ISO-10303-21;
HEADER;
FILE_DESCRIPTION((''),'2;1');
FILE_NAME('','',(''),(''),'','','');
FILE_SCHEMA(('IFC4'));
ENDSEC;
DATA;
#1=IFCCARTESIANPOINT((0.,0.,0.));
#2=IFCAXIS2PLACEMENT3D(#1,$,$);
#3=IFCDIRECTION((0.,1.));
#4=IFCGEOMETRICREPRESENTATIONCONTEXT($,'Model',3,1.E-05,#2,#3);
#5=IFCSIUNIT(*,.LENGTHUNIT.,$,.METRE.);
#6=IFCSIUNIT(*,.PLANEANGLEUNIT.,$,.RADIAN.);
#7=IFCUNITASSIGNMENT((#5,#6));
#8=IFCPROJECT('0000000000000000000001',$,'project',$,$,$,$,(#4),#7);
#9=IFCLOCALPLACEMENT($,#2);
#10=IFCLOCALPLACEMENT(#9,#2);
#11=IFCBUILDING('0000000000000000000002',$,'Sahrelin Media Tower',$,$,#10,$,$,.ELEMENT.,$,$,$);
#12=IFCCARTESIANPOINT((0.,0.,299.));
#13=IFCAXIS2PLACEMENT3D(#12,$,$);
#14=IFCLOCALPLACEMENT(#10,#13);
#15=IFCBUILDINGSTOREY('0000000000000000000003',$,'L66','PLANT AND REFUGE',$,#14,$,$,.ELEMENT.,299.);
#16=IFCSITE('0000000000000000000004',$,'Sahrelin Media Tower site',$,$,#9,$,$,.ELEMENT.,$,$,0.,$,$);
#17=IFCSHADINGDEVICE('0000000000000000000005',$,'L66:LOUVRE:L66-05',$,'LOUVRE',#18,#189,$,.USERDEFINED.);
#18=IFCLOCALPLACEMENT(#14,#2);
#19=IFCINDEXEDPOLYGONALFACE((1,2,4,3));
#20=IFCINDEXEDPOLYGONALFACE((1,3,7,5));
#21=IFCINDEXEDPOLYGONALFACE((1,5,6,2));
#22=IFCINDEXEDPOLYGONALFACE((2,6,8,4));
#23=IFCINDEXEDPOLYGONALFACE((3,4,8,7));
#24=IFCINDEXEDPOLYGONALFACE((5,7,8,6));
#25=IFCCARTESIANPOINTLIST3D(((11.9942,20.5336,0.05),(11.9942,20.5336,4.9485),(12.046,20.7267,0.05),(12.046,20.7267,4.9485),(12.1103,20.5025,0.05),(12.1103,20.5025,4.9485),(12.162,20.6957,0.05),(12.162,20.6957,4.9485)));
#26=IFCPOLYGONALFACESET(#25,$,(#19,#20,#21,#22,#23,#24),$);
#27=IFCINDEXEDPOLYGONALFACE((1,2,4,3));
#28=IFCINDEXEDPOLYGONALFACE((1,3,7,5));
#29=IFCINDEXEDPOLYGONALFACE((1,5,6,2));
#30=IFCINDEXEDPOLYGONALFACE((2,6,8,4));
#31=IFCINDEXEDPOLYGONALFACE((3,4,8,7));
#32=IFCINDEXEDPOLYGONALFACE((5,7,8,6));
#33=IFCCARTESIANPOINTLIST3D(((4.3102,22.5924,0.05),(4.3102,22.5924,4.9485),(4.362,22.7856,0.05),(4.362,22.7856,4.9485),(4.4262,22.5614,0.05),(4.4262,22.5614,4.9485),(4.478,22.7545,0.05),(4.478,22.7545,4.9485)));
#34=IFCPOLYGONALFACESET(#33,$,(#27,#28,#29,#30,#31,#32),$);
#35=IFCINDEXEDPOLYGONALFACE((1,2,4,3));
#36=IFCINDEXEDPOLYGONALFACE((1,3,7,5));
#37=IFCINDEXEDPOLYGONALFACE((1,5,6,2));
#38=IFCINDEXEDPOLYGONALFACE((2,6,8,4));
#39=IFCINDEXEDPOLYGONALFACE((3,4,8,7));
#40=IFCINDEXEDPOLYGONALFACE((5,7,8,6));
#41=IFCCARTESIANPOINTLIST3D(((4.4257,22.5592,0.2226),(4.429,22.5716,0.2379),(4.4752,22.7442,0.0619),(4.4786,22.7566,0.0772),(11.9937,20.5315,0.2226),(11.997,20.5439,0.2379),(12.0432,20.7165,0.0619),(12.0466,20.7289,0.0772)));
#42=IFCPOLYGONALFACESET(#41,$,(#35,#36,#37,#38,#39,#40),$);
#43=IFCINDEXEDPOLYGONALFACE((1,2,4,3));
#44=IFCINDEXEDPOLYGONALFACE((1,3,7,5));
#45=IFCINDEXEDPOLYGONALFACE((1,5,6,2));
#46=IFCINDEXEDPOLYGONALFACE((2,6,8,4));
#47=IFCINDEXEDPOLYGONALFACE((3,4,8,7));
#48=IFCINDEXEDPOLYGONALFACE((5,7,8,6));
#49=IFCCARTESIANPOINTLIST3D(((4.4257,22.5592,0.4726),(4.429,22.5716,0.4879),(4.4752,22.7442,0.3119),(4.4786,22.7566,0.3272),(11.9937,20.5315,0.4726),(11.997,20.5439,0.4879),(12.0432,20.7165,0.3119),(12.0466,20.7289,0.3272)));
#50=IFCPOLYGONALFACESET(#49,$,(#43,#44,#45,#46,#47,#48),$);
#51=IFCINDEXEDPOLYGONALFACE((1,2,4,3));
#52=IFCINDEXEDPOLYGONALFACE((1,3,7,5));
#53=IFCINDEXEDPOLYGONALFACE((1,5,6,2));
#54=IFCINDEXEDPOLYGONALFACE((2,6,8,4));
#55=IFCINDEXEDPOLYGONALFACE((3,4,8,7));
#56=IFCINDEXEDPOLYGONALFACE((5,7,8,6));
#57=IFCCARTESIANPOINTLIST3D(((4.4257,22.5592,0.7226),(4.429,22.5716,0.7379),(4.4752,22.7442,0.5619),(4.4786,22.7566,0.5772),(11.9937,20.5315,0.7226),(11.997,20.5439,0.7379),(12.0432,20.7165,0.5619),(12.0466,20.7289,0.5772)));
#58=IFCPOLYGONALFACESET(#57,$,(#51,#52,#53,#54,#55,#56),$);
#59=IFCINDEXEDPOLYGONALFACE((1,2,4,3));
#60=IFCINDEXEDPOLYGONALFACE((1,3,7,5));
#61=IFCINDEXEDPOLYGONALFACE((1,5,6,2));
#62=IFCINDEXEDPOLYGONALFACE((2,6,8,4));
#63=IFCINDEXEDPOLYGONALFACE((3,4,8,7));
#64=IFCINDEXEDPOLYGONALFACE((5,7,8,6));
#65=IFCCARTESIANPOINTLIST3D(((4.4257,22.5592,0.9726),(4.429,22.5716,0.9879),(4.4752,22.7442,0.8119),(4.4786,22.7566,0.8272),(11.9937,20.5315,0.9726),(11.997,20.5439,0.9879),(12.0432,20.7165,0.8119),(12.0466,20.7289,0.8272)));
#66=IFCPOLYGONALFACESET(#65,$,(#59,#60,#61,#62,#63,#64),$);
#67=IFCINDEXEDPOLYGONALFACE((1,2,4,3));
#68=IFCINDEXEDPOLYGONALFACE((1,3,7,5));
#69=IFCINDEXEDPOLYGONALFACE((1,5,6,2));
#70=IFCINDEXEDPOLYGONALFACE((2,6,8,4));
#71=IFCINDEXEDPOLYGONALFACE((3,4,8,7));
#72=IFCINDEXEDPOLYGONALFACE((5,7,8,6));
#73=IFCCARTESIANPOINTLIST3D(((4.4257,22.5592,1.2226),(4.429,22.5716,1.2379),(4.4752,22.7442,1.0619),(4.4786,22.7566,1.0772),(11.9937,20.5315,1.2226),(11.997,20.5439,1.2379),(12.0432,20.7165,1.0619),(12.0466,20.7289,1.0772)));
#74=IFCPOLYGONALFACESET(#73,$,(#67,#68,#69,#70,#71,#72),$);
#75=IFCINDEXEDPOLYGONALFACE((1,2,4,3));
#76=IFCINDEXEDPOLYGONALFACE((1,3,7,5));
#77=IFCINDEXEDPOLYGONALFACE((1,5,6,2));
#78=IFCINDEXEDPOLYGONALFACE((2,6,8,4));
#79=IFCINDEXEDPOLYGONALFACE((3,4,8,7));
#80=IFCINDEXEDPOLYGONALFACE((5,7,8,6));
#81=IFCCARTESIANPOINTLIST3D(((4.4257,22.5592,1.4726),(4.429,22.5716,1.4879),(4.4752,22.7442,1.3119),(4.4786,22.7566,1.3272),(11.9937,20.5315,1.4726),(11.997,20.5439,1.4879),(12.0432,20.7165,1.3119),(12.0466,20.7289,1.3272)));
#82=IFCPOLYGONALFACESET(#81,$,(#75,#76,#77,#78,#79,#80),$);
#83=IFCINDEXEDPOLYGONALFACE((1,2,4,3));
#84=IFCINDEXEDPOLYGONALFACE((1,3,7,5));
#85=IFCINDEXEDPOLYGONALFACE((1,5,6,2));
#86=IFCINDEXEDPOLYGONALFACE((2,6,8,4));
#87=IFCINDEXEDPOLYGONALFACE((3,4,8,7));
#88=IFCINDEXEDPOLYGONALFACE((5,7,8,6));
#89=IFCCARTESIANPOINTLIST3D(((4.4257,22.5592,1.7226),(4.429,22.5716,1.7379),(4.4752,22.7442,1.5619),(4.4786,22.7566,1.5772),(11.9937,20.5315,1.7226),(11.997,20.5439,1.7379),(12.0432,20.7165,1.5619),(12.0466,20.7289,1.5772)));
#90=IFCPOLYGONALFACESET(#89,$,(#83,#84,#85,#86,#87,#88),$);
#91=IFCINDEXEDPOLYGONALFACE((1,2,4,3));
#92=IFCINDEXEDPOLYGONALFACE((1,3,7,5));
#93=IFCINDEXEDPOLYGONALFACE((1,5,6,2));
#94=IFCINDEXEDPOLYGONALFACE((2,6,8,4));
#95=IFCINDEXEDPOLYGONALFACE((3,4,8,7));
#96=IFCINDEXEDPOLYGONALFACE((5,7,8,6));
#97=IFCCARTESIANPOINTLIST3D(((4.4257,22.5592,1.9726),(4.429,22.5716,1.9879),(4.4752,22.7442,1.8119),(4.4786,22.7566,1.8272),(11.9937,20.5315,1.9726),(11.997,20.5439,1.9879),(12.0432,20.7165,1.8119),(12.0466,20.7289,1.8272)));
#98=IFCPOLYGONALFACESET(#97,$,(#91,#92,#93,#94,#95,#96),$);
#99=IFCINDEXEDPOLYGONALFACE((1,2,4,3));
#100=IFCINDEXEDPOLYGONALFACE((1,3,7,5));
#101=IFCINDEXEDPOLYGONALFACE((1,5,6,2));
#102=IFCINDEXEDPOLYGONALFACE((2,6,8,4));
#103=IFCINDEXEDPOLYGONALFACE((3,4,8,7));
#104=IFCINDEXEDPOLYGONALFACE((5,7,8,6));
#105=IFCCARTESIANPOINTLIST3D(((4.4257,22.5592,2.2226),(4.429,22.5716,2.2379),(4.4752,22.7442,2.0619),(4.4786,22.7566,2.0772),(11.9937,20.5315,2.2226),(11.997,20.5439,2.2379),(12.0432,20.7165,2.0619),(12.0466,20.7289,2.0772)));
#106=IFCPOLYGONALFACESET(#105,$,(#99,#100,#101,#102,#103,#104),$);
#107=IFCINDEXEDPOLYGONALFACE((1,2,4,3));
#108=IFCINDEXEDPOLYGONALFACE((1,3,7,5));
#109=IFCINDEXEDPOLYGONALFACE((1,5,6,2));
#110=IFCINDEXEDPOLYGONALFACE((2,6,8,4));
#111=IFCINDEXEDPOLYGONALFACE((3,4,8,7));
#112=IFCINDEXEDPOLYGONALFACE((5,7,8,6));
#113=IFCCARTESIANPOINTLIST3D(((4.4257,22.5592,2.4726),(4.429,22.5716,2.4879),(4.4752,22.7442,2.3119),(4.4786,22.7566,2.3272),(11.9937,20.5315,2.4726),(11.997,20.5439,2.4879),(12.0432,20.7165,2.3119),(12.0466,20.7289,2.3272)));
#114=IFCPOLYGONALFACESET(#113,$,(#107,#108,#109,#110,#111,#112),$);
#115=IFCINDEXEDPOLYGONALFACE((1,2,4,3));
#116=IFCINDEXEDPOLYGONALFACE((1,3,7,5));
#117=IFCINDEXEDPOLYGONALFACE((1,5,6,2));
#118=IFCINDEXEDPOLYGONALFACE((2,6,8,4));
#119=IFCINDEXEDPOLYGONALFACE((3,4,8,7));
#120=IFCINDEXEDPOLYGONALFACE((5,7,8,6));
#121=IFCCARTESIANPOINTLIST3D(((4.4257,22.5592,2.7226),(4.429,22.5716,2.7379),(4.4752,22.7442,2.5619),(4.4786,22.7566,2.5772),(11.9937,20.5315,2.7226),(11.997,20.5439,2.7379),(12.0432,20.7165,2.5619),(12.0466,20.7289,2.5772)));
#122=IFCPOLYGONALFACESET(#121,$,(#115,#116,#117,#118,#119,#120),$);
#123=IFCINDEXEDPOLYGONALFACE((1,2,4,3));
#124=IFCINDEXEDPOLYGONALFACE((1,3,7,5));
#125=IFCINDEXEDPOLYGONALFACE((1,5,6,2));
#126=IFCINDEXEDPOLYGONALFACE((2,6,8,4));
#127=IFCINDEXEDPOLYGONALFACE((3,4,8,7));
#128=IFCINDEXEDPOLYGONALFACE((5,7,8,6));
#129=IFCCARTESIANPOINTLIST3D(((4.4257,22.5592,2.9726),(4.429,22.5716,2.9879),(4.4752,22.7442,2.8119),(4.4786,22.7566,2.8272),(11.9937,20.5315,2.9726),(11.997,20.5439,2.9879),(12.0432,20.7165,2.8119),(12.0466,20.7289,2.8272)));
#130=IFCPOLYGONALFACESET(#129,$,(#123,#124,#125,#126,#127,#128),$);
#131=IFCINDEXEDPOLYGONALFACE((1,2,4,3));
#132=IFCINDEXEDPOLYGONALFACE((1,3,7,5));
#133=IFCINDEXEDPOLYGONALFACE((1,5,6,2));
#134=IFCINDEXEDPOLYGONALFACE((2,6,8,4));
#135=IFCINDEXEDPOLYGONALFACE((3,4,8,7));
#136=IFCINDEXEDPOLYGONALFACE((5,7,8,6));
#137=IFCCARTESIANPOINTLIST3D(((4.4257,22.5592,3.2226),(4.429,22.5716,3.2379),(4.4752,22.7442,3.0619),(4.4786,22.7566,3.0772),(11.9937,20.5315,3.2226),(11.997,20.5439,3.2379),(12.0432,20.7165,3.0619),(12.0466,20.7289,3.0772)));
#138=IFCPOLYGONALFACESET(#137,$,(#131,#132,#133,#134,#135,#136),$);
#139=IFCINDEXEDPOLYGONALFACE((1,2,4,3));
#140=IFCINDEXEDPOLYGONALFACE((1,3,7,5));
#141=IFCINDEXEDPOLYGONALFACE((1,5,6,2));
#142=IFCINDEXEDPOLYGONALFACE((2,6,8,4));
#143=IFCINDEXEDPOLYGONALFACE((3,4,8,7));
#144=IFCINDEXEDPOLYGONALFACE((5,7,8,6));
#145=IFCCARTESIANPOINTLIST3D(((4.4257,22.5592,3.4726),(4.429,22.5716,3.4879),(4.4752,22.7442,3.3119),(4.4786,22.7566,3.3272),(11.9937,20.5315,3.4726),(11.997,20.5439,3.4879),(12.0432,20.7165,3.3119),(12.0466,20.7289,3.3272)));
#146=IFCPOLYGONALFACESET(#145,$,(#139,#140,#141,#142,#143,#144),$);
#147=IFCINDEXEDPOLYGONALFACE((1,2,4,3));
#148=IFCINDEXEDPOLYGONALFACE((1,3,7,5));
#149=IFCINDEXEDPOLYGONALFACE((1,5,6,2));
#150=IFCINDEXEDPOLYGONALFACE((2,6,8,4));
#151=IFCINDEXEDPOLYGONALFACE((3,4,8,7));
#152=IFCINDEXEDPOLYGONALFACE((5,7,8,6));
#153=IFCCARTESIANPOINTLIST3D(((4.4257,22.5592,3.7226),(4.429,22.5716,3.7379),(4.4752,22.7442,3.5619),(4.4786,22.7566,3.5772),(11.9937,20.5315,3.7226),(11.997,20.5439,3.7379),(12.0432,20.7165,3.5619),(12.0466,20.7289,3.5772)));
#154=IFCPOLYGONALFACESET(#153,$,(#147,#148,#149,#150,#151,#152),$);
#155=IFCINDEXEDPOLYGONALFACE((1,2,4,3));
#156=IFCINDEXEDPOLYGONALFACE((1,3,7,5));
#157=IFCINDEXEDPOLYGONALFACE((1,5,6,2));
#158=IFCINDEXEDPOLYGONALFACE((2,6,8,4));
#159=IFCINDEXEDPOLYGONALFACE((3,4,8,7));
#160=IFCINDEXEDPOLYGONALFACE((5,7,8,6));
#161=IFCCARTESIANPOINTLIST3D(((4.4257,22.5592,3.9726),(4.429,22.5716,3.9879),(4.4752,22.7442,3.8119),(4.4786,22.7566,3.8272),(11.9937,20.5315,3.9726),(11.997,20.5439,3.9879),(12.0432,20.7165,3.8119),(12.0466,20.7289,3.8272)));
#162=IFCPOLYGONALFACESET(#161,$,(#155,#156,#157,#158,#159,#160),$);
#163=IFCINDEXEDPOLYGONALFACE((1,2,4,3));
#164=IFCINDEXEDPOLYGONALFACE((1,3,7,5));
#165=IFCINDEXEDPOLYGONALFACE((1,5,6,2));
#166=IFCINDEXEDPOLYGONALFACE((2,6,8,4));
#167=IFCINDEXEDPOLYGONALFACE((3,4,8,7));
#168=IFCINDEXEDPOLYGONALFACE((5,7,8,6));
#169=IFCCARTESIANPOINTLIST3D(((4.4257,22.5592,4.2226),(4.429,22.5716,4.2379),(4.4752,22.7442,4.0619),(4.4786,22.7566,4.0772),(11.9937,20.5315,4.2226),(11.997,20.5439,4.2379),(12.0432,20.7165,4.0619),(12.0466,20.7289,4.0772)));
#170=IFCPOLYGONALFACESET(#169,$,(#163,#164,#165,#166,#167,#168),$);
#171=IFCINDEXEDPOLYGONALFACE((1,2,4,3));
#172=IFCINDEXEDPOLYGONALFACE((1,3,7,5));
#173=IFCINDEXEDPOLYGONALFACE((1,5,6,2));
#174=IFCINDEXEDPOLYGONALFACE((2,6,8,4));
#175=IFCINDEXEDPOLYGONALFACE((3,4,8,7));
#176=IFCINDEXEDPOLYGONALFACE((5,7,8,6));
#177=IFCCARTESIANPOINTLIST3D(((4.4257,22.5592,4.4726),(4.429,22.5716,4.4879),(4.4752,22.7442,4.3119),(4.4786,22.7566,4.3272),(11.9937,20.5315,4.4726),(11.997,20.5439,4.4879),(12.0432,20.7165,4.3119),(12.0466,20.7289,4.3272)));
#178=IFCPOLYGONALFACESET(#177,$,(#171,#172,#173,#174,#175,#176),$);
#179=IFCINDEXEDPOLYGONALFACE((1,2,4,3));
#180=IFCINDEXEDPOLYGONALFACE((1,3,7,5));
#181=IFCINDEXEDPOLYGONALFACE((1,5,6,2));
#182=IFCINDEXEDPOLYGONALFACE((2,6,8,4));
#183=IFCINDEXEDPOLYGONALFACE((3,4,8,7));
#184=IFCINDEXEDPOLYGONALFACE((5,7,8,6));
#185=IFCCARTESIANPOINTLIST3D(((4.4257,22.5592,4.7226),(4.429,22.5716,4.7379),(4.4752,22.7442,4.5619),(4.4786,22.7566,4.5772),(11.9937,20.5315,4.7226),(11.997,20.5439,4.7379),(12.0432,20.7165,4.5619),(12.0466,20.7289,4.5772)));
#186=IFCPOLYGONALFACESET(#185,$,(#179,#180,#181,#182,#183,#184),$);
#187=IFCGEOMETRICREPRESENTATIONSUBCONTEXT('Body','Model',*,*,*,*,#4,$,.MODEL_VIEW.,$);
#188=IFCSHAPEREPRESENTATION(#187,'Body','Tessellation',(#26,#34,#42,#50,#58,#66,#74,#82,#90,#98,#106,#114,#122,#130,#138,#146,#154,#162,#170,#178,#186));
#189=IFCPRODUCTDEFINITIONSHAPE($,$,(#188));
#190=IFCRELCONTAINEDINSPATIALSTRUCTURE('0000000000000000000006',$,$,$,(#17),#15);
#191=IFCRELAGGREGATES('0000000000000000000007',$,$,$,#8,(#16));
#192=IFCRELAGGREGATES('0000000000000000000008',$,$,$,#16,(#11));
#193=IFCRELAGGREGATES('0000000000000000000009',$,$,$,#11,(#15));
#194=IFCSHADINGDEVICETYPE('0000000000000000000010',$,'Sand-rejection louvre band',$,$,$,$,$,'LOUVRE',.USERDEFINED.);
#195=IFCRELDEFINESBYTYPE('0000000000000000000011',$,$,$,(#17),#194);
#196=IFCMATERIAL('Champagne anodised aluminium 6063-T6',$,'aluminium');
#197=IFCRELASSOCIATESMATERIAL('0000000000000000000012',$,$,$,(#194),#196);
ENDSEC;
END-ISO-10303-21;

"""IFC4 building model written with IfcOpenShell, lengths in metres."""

from ifc_helpers import new_model, si_unit, direction, frame, origin, origin_2d, place, context, subcontext, project, spatial, rectangle, extrude, material, type_object, element, save


model = new_model("IFC4")

# Units and contexts
model_context = context("Model", 3, precision=1e-05, world=origin(), true_north=direction((0.0, 1.0)))
body_context = subcontext(model_context, "Body", "Model", "MODEL_VIEW")
ifc_project = project(units=[si_unit("LENGTHUNIT", "METRE"), si_unit("PLANEANGLEUNIT", "RADIAN")], contexts=[model_context])

# Site, building, storey
site_placement = place(None, origin())
site = spatial("IfcSite", under=ifc_project, at=site_placement, Name="Sahrelin Media Tower site", CompositionType="ELEMENT", RefElevation=0.0)
building_placement = place(site_placement, origin())
building = spatial("IfcBuilding", under=site, at=building_placement, Name="Sahrelin Media Tower", CompositionType="ELEMENT")
storey_placement = place(building_placement, frame((0.0, 0.0, 299.0)))
storey = spatial("IfcBuildingStorey", under=building, at=storey_placement, Name="L66", Description="PLANT AND REFUGE", CompositionType="ELEMENT", Elevation=299.0)

# Shared definitions
ifc_material_1 = material(Name="Champagne anodised aluminium 6063-T6", Category="aluminium")

# Shading device
shading_device_type = type_object("IfcShadingDeviceType", Name="Sand-rejection louvre band", ElementType="LOUVRE", PredefinedType="USERDEFINED", material=ifc_material_1)
shading_device_placement = place(storey_placement, frame((8.2102, 21.5474, 0.0), z_axis=(0.0, 0.0, 1.0), x_axis=(0.965929, -0.258808, 0.0)))
element("IfcShadingDevice", 1, at=shading_device_placement, inside=storey, type_object=shading_device_type, Name="L66:LOUVRE:L66-05", ObjectType="LOUVRE", PredefinedType="USERDEFINED", context=body_context, shape_type="SweptSolid", body=[
    extrude(rectangle(XDim=0.1201, YDim=0.2, at=origin_2d()), frame((3.9775, 0.1001, 0.05), z_axis=(0.0, 0.0, 1.0), x_axis=(1.0, 0.0, 0.0)), (0.0, 0.0, 1.0), 4.8984),
    extrude(rectangle(XDim=0.1201, YDim=0.2, at=origin_2d()), frame((-3.9775, 0.1001, 0.05), z_axis=(0.0, 0.0, 1.0), x_axis=(1.0, 0.0, 0.0)), (0.0, 0.0, 1.0), 4.8984),
    extrude(rectangle(XDim=0.25, YDim=0.02, at=origin_2d()), frame((3.9175, 0.1001, 0.1499), z_axis=(-1.0, 0.0, 0.0), x_axis=(0.0, -0.766044, 0.642788)), (0.0, 0.0, 1.0), 7.835),
    extrude(rectangle(XDim=0.25, YDim=0.02, at=origin_2d()), frame((3.9175, 0.1001, 0.3999), z_axis=(-1.0, 0.0, 0.0), x_axis=(0.0, -0.766044, 0.642788)), (0.0, 0.0, 1.0), 7.835),
    extrude(rectangle(XDim=0.25, YDim=0.02, at=origin_2d()), frame((3.9175, 0.1001, 0.6499), z_axis=(-1.0, 0.0, 0.0), x_axis=(0.0, -0.766044, 0.642788)), (0.0, 0.0, 1.0), 7.835),
    extrude(rectangle(XDim=0.25, YDim=0.02, at=origin_2d()), frame((3.9175, 0.1001, 0.8999), z_axis=(-1.0, 0.0, 0.0), x_axis=(0.0, -0.766044, 0.642788)), (0.0, 0.0, 1.0), 7.835),
    extrude(rectangle(XDim=0.25, YDim=0.02, at=origin_2d()), frame((3.9175, 0.1001, 1.1499), z_axis=(-1.0, 0.0, 0.0), x_axis=(0.0, -0.766044, 0.642788)), (0.0, 0.0, 1.0), 7.835),
    extrude(rectangle(XDim=0.25, YDim=0.02, at=origin_2d()), frame((3.9175, 0.1001, 1.3999), z_axis=(-1.0, 0.0, 0.0), x_axis=(0.0, -0.766044, 0.642788)), (0.0, 0.0, 1.0), 7.835),
    extrude(rectangle(XDim=0.25, YDim=0.02, at=origin_2d()), frame((3.9175, 0.1001, 1.6499), z_axis=(-1.0, 0.0, 0.0), x_axis=(0.0, -0.766044, 0.642788)), (0.0, 0.0, 1.0), 7.835),
    extrude(rectangle(XDim=0.25, YDim=0.02, at=origin_2d()), frame((3.9175, 0.1001, 1.8999), z_axis=(-1.0, 0.0, 0.0), x_axis=(0.0, -0.766044, 0.642788)), (0.0, 0.0, 1.0), 7.835),
    extrude(rectangle(XDim=0.25, YDim=0.02, at=origin_2d()), frame((3.9175, 0.1001, 2.1499), z_axis=(-1.0, 0.0, 0.0), x_axis=(0.0, -0.766044, 0.642788)), (0.0, 0.0, 1.0), 7.835),
    extrude(rectangle(XDim=0.25, YDim=0.02, at=origin_2d()), frame((3.9175, 0.1001, 2.3999), z_axis=(-1.0, 0.0, 0.0), x_axis=(0.0, -0.766044, 0.642788)), (0.0, 0.0, 1.0), 7.835),
    extrude(rectangle(XDim=0.25, YDim=0.02, at=origin_2d()), frame((3.9175, 0.1001, 2.6499), z_axis=(-1.0, 0.0, 0.0), x_axis=(0.0, -0.766044, 0.642788)), (0.0, 0.0, 1.0), 7.835),
    extrude(rectangle(XDim=0.25, YDim=0.02, at=origin_2d()), frame((3.9175, 0.1001, 2.8999), z_axis=(-1.0, 0.0, 0.0), x_axis=(0.0, -0.766044, 0.642788)), (0.0, 0.0, 1.0), 7.835),
    extrude(rectangle(XDim=0.25, YDim=0.02, at=origin_2d()), frame((3.9175, 0.1001, 3.1499), z_axis=(-1.0, 0.0, 0.0), x_axis=(0.0, -0.766044, 0.642788)), (0.0, 0.0, 1.0), 7.835),
    extrude(rectangle(XDim=0.25, YDim=0.02, at=origin_2d()), frame((3.9175, 0.1001, 3.3999), z_axis=(-1.0, 0.0, 0.0), x_axis=(0.0, -0.766044, 0.642788)), (0.0, 0.0, 1.0), 7.835),
    extrude(rectangle(XDim=0.25, YDim=0.02, at=origin_2d()), frame((3.9175, 0.1001, 3.6499), z_axis=(-1.0, 0.0, 0.0), x_axis=(0.0, -0.766044, 0.642788)), (0.0, 0.0, 1.0), 7.835),
    extrude(rectangle(XDim=0.25, YDim=0.02, at=origin_2d()), frame((3.9175, 0.1001, 3.8999), z_axis=(-1.0, 0.0, 0.0), x_axis=(0.0, -0.766044, 0.642788)), (0.0, 0.0, 1.0), 7.835),
    extrude(rectangle(XDim=0.25, YDim=0.02, at=origin_2d()), frame((3.9175, 0.1001, 4.1499), z_axis=(-1.0, 0.0, 0.0), x_axis=(0.0, -0.766044, 0.642788)), (0.0, 0.0, 1.0), 7.835),
    extrude(rectangle(XDim=0.25, YDim=0.02, at=origin_2d()), frame((3.9175, 0.1001, 4.3999), z_axis=(-1.0, 0.0, 0.0), x_axis=(0.0, -0.766044, 0.642788)), (0.0, 0.0, 1.0), 7.835),
    extrude(rectangle(XDim=0.25, YDim=0.02, at=origin_2d()), frame((3.9175, 0.1001, 4.6499), z_axis=(-1.0, 0.0, 0.0), x_axis=(0.0, -0.766044, 0.642788)), (0.0, 0.0, 1.0), 7.835),
])

save(model, "model.ifc")
